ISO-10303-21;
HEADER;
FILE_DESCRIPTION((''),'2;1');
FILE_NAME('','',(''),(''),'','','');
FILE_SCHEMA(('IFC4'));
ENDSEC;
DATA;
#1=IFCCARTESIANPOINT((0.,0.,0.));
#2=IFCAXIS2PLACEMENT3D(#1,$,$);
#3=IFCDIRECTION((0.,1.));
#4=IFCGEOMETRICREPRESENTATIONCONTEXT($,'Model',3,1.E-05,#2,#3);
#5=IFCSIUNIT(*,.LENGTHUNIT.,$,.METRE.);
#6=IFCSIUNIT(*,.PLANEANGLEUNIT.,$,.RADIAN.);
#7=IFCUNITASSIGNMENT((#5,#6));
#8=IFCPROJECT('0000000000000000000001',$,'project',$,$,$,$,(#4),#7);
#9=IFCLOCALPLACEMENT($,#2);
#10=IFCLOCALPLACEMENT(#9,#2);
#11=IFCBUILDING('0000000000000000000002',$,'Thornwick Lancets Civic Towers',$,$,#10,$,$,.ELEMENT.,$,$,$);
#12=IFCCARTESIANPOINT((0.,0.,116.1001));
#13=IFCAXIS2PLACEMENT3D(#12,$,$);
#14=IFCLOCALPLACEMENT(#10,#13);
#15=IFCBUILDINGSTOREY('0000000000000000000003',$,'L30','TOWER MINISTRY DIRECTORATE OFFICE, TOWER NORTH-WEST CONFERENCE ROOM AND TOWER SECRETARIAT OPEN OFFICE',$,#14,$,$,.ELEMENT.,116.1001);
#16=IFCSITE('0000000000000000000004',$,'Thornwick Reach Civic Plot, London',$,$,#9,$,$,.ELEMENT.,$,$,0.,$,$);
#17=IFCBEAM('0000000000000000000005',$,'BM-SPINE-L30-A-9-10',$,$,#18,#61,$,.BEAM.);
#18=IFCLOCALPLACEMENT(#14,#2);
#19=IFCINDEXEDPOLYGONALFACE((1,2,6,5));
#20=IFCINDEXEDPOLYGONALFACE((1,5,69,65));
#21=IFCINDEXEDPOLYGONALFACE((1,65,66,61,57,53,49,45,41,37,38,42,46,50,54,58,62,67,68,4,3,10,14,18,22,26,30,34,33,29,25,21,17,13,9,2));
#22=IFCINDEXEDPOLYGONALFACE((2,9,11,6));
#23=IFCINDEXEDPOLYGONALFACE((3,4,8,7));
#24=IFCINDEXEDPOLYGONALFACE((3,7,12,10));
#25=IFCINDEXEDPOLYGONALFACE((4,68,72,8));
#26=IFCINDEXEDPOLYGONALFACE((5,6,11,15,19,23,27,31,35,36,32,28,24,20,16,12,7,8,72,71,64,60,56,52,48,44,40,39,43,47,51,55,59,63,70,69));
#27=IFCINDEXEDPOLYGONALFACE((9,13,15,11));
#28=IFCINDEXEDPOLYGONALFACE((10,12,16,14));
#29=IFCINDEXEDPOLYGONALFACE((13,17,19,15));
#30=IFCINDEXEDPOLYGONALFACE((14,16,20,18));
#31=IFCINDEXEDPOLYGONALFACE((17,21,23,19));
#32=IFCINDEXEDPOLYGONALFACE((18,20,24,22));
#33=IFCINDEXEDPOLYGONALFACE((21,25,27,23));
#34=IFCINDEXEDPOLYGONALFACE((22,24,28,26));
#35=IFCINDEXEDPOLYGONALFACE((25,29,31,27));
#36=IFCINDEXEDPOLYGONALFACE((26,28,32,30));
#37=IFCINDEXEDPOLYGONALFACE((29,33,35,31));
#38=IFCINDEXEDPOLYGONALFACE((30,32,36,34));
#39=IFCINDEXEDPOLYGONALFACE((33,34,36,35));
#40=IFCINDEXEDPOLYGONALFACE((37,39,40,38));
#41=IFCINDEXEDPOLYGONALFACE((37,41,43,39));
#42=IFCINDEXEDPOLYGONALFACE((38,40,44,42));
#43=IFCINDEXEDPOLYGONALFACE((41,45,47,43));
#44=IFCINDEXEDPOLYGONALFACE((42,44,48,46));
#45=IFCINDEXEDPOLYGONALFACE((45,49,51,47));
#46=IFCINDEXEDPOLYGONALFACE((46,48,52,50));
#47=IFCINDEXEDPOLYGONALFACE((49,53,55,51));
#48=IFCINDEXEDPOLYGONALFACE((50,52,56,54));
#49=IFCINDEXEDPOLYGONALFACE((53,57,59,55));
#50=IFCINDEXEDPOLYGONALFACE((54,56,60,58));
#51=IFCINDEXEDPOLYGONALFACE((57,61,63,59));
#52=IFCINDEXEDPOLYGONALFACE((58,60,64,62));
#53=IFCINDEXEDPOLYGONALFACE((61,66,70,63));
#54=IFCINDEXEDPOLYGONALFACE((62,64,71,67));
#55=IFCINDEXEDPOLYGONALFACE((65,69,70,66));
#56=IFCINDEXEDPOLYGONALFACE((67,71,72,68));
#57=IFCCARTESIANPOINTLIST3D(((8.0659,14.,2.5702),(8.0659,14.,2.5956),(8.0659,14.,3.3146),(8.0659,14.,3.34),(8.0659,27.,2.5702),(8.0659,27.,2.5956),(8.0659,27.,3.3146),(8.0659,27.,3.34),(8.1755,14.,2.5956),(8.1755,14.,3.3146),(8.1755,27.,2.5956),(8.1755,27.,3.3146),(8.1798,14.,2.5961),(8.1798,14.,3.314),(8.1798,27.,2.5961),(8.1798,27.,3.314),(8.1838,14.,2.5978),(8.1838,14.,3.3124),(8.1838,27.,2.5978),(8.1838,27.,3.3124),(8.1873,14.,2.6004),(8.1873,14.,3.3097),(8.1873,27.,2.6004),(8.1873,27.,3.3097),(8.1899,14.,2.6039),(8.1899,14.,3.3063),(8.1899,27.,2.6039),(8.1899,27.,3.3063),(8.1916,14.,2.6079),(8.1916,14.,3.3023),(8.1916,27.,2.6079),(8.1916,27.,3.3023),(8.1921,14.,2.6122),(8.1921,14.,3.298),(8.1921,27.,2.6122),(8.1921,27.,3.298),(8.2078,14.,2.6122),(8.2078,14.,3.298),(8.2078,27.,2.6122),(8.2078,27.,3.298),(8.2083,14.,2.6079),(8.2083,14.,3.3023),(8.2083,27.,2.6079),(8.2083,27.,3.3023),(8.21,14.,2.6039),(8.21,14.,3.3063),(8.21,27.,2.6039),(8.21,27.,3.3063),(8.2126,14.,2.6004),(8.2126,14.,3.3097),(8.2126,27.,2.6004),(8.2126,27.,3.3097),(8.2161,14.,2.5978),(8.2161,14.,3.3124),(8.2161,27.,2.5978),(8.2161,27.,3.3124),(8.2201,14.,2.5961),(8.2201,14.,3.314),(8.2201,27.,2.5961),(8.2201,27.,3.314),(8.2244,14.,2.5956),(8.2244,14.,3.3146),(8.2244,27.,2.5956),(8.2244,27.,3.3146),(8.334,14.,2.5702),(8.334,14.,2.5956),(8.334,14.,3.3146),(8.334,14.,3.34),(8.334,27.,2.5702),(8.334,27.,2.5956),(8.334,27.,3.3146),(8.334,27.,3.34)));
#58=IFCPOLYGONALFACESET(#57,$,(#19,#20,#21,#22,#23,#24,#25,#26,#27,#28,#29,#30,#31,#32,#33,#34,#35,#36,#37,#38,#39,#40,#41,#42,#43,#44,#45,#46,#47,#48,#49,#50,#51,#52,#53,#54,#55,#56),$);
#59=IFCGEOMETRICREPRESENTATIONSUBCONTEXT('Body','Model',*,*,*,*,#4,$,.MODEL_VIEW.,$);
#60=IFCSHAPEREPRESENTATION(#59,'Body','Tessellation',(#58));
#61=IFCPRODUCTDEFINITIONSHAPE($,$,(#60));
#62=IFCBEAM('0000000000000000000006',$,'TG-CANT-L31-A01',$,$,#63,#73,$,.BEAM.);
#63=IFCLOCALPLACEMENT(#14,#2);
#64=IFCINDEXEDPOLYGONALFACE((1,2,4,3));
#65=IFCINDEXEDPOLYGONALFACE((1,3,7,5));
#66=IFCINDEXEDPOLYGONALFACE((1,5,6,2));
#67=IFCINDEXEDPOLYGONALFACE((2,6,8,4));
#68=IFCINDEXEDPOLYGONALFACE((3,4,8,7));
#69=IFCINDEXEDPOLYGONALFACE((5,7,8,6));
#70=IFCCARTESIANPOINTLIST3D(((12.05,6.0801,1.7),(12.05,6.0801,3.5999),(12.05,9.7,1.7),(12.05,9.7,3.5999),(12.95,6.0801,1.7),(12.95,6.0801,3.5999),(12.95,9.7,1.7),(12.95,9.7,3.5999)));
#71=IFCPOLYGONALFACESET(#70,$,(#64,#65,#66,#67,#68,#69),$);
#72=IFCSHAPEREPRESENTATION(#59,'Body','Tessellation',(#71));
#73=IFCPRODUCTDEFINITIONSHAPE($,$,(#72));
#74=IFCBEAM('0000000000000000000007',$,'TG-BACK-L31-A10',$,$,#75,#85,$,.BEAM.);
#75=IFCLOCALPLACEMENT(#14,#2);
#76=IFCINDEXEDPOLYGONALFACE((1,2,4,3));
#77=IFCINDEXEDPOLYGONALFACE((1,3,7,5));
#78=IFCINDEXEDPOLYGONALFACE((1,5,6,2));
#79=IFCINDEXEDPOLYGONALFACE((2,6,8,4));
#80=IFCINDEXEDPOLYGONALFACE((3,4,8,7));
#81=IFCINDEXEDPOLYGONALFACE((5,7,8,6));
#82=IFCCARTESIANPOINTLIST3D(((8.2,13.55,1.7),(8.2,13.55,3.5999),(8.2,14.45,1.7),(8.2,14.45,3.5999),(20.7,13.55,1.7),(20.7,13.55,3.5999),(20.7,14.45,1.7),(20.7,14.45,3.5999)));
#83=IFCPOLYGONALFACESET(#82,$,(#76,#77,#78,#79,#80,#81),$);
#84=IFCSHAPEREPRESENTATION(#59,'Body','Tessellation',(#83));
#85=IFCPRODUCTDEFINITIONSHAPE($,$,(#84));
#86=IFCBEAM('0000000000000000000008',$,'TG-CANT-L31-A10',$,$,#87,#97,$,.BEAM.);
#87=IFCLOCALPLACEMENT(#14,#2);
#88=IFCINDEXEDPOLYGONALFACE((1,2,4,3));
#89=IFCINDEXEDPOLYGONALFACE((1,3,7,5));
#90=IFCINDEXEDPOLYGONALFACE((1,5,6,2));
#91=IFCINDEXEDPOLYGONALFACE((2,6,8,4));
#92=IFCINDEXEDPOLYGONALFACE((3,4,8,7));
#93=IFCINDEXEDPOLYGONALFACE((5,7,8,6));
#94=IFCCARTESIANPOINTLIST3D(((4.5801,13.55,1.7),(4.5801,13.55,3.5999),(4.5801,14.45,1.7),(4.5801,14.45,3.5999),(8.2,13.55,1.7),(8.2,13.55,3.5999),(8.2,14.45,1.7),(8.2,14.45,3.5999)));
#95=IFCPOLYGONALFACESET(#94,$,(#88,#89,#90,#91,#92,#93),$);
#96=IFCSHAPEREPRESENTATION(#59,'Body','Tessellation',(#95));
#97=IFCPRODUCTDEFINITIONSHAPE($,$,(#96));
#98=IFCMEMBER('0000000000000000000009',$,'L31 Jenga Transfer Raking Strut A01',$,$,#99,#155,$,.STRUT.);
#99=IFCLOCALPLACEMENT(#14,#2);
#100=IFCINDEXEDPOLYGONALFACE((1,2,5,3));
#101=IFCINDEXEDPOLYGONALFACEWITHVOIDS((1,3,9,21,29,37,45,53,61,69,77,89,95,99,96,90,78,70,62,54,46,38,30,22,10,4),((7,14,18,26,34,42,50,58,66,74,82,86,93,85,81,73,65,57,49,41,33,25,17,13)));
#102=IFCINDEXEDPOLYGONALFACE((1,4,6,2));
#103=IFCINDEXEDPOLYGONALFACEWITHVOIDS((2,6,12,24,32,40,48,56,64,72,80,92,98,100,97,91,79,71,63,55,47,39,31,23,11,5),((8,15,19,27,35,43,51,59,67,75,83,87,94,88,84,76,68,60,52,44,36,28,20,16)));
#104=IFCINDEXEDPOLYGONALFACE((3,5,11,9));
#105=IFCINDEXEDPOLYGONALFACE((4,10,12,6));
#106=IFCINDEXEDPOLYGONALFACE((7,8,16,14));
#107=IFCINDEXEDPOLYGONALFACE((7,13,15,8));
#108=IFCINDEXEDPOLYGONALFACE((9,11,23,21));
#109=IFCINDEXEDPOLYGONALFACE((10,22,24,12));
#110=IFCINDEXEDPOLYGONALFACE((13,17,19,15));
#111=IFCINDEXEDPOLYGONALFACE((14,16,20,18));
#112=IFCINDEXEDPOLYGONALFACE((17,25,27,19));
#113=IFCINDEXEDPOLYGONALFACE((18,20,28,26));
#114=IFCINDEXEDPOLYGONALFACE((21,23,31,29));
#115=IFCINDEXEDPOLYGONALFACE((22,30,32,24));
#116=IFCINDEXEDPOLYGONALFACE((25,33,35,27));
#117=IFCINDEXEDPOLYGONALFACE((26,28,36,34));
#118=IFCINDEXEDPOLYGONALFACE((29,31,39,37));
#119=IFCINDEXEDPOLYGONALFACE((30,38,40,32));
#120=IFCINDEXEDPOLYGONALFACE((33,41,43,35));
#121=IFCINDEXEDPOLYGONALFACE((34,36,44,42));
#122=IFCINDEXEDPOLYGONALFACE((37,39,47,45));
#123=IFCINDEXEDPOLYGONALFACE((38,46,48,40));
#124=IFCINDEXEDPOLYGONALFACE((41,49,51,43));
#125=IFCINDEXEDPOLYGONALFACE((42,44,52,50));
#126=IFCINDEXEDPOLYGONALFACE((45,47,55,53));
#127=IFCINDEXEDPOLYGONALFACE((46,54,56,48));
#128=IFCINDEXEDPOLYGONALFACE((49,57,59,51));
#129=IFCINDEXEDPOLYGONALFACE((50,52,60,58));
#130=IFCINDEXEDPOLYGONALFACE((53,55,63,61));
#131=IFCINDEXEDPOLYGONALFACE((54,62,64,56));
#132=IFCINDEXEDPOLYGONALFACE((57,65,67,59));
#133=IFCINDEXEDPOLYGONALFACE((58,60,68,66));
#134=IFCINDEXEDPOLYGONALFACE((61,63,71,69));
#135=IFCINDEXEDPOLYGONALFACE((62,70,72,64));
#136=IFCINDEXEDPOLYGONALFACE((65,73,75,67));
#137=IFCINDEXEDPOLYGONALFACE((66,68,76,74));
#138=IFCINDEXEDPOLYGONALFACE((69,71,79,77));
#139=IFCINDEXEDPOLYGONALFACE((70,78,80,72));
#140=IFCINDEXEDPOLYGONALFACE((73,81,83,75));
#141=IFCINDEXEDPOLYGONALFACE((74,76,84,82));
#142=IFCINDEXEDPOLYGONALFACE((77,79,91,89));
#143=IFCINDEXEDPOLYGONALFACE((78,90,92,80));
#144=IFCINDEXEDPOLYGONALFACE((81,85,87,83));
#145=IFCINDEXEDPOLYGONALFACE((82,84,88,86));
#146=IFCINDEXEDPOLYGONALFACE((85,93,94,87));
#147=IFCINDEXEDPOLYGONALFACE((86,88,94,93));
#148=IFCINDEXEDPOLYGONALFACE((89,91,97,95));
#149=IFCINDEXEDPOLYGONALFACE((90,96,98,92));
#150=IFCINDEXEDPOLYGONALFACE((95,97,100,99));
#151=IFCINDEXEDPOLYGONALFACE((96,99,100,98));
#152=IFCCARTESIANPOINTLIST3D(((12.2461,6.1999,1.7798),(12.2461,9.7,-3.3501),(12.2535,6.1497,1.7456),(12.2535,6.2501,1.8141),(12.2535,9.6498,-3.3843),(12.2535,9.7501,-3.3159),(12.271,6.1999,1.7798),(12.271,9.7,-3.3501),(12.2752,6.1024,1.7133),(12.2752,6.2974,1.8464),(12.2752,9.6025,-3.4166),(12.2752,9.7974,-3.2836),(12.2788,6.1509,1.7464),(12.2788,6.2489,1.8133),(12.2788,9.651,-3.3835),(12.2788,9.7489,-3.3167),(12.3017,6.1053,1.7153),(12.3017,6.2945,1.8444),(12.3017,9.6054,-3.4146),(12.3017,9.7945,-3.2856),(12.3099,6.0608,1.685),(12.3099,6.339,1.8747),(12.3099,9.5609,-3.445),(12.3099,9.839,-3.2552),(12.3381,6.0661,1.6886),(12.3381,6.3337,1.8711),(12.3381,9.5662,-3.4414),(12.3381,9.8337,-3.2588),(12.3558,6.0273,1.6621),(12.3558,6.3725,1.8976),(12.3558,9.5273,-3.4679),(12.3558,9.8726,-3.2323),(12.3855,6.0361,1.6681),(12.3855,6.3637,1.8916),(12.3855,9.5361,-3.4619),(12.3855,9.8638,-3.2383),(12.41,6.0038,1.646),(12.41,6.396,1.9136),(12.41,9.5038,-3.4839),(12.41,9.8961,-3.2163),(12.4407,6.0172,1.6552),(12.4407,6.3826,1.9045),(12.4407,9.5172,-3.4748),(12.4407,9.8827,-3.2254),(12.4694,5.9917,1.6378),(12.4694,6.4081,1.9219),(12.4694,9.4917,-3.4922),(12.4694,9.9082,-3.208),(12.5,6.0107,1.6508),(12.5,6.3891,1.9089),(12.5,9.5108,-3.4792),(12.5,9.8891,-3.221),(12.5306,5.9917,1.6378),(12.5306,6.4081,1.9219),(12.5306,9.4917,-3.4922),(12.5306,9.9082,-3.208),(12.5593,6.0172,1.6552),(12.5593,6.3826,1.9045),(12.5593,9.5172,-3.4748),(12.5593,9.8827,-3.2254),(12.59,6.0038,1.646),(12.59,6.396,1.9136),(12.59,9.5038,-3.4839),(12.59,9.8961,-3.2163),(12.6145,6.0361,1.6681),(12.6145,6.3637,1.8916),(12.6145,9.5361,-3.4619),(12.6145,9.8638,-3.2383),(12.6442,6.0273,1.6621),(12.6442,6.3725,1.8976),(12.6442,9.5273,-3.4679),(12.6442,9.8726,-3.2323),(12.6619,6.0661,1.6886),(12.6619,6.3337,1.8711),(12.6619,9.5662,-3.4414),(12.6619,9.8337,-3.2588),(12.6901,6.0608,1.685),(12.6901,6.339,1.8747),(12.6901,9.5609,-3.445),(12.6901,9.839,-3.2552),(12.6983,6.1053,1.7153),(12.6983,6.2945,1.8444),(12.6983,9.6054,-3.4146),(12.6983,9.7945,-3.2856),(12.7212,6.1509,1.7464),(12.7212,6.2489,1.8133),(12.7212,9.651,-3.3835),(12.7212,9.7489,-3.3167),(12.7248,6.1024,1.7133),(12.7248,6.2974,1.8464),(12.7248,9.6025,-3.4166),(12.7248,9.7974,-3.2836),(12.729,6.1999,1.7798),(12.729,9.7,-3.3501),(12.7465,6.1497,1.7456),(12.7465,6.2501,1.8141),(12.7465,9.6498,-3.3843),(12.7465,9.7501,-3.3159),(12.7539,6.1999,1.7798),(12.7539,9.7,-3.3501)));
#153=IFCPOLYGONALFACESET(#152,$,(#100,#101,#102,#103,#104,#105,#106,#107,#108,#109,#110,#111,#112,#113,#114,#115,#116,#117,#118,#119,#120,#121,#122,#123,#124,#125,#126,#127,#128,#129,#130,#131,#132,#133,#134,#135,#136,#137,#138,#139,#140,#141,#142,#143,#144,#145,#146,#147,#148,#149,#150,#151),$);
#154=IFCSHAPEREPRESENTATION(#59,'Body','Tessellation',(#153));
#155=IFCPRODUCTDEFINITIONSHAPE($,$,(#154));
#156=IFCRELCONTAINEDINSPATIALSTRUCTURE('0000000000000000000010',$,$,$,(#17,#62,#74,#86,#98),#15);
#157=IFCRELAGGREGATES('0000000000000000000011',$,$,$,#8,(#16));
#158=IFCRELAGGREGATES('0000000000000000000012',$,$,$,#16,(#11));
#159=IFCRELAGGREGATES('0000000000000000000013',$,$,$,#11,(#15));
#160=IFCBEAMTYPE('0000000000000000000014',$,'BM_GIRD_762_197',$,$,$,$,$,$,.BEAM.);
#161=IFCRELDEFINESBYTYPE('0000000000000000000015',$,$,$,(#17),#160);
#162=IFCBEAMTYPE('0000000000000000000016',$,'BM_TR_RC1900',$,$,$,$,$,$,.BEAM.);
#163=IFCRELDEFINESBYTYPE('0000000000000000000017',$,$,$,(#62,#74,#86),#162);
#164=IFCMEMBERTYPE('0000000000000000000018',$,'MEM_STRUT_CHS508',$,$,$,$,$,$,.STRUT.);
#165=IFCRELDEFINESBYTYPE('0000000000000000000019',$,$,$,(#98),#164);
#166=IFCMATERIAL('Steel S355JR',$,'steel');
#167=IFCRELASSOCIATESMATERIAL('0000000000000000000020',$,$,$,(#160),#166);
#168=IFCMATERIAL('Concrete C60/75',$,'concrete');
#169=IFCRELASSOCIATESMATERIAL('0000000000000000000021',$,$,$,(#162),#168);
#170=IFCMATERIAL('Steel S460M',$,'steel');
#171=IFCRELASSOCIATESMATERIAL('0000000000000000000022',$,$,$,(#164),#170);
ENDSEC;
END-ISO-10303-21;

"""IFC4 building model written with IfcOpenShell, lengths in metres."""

from ifc_helpers import new_model, si_unit, direction, frame, origin, origin_2d, place, context, subcontext, project, spatial, rectangle, hollow_circle, i_section, extrude, material, material_profile, profile_set, type_object, element, save


model = new_model("IFC4")

# Units and contexts
model_context = context("Model", 3, precision=1e-05, world=origin(), true_north=direction((0.0, 1.0)))
body_context = subcontext(model_context, "Body", "Model", "MODEL_VIEW")
ifc_project = project(units=[si_unit("LENGTHUNIT", "METRE"), si_unit("PLANEANGLEUNIT", "RADIAN")], contexts=[model_context])

# Site, building, storey
site_placement = place(None, origin())
site = spatial("IfcSite", under=ifc_project, at=site_placement, Name="Thornwick Reach Civic Plot, London", CompositionType="ELEMENT", RefElevation=0.0)
building_placement = place(site_placement, origin())
building = spatial("IfcBuilding", under=site, at=building_placement, Name="Thornwick Lancets Civic Towers", CompositionType="ELEMENT")
storey_placement = place(building_placement, frame((0.0, 0.0, 116.1001)))
storey = spatial("IfcBuildingStorey", under=building, at=storey_placement, Name="L30", Description="TOWER MINISTRY DIRECTORATE OFFICE, TOWER NORTH-WEST CONFERENCE ROOM AND TOWER SECRETARIAT OPEN OFFICE", CompositionType="ELEMENT", Elevation=116.1001)

# Shared definitions
ifc_material_1 = material(Name="Concrete C60/75", Category="concrete")
ifc_material_2 = material(Name="Steel S460M", Category="steel")

# Beams
ifc_material_3 = material(Name="Steel S355JR", Category="steel")
ifc_material_profile_1 = material_profile(ifc_material_3, i_section(OverallWidth=0.2681, OverallDepth=0.7698, WebThickness=0.0156, FlangeThickness=0.0254, FilletRadius=0.0166, at=origin_2d()), Name="UKB 762x267x197")
ifc_profile_set_1 = profile_set([ifc_material_profile_1], Name="Steel S355JR")
beam_type_1 = type_object("IfcBeamType", Name="BM_GIRD_762_197", PredefinedType="BEAM", material=ifc_profile_set_1)
for number, where, z_axis, x_axis, name in (
    (1, (8.2, 14.0, 2.9551), (0.0, 1.0, 0.0), (-1.0, 0.0, 0.0), "BM-SPINE-L30-A-9-10"),
):
    element("IfcBeam", number, at=place(storey_placement, frame(where, z_axis=z_axis, x_axis=x_axis)), inside=storey, type_object=beam_type_1, Name=name, PredefinedType="BEAM", context=body_context, shape_type="SweptSolid", body=[
        extrude(i_section(OverallWidth=0.2681, OverallDepth=0.7698, WebThickness=0.0156, FlangeThickness=0.0254, FilletRadius=0.0166, at=origin_2d()), origin(), (0.0, 0.0, 1.0), 13.0),
    ])
ifc_material_profile_2 = material_profile(ifc_material_1, rectangle(XDim=0.8999, YDim=1.8999, at=origin_2d()), Name="RC 900x1900")
ifc_profile_set_2 = profile_set([ifc_material_profile_2], Name="Concrete C60/75")
beam_type_2 = type_object("IfcBeamType", Name="BM_TR_RC1900", PredefinedType="BEAM", material=ifc_profile_set_2)
beam_1_placement = place(storey_placement, frame((12.5, 9.7, 2.6499), z_axis=(0.0, -1.0, 0.0), x_axis=(1.0, 0.0, 0.0)))
element("IfcBeam", 2, at=beam_1_placement, inside=storey, type_object=beam_type_2, Name="TG-CANT-L31-A01", PredefinedType="BEAM", context=body_context, shape_type="SweptSolid", body=[
    extrude(rectangle(XDim=0.8999, YDim=1.8999, at=origin_2d()), origin(), (0.0, 0.0, 1.0), 3.6199),
])
beam_2_placement = place(storey_placement, frame((20.7, 14.0, 2.6499), z_axis=(-1.0, 0.0, 0.0), x_axis=(0.0, -1.0, 0.0)))
element("IfcBeam", 3, at=beam_2_placement, inside=storey, type_object=beam_type_2, Name="TG-BACK-L31-A10", PredefinedType="BEAM", context=body_context, shape_type="SweptSolid", body=[
    extrude(rectangle(XDim=0.8999, YDim=1.8999, at=origin_2d()), origin(), (0.0, 0.0, 1.0), 12.5),
])
beam_3_placement = place(storey_placement, frame((8.2, 14.0, 2.6499), z_axis=(-1.0, 0.0, 0.0), x_axis=(0.0, -1.0, 0.0)))
element("IfcBeam", 4, at=beam_3_placement, inside=storey, type_object=beam_type_2, Name="TG-CANT-L31-A10", PredefinedType="BEAM", context=body_context, shape_type="SweptSolid", body=[
    extrude(rectangle(XDim=0.8999, YDim=1.8999, at=origin_2d()), origin(), (0.0, 0.0, 1.0), 3.6199),
])

# Member
ifc_material_profile_3 = material_profile(ifc_material_2, hollow_circle(Radius=0.2539, WallThickness=0.0249, at=origin_2d()), Name="CHS 508x25")
ifc_profile_set_3 = profile_set([ifc_material_profile_3], Name="Steel S460M")
member_type = type_object("IfcMemberType", Name="MEM_STRUT_CHS508", PredefinedType="STRUT", material=ifc_profile_set_3)
for number, where, z_axis, x_axis, name in (
    (5, (12.5, 9.7, -3.3501), (0.0, -0.563595, 0.826051), (1.0, 0.0, 0.0), "L31 Jenga Transfer Raking Strut A01"),
):
    element("IfcMember", number, at=place(storey_placement, frame(where, z_axis=z_axis, x_axis=x_axis)), inside=storey, type_object=member_type, Name=name, PredefinedType="STRUT", context=body_context, shape_type="SweptSolid", body=[
        extrude(hollow_circle(Radius=0.2539, WallThickness=0.0249, at=origin_2d()), origin(), (0.0, 0.0, 1.0), 6.2102),
    ])

save(model, "model.ifc")
